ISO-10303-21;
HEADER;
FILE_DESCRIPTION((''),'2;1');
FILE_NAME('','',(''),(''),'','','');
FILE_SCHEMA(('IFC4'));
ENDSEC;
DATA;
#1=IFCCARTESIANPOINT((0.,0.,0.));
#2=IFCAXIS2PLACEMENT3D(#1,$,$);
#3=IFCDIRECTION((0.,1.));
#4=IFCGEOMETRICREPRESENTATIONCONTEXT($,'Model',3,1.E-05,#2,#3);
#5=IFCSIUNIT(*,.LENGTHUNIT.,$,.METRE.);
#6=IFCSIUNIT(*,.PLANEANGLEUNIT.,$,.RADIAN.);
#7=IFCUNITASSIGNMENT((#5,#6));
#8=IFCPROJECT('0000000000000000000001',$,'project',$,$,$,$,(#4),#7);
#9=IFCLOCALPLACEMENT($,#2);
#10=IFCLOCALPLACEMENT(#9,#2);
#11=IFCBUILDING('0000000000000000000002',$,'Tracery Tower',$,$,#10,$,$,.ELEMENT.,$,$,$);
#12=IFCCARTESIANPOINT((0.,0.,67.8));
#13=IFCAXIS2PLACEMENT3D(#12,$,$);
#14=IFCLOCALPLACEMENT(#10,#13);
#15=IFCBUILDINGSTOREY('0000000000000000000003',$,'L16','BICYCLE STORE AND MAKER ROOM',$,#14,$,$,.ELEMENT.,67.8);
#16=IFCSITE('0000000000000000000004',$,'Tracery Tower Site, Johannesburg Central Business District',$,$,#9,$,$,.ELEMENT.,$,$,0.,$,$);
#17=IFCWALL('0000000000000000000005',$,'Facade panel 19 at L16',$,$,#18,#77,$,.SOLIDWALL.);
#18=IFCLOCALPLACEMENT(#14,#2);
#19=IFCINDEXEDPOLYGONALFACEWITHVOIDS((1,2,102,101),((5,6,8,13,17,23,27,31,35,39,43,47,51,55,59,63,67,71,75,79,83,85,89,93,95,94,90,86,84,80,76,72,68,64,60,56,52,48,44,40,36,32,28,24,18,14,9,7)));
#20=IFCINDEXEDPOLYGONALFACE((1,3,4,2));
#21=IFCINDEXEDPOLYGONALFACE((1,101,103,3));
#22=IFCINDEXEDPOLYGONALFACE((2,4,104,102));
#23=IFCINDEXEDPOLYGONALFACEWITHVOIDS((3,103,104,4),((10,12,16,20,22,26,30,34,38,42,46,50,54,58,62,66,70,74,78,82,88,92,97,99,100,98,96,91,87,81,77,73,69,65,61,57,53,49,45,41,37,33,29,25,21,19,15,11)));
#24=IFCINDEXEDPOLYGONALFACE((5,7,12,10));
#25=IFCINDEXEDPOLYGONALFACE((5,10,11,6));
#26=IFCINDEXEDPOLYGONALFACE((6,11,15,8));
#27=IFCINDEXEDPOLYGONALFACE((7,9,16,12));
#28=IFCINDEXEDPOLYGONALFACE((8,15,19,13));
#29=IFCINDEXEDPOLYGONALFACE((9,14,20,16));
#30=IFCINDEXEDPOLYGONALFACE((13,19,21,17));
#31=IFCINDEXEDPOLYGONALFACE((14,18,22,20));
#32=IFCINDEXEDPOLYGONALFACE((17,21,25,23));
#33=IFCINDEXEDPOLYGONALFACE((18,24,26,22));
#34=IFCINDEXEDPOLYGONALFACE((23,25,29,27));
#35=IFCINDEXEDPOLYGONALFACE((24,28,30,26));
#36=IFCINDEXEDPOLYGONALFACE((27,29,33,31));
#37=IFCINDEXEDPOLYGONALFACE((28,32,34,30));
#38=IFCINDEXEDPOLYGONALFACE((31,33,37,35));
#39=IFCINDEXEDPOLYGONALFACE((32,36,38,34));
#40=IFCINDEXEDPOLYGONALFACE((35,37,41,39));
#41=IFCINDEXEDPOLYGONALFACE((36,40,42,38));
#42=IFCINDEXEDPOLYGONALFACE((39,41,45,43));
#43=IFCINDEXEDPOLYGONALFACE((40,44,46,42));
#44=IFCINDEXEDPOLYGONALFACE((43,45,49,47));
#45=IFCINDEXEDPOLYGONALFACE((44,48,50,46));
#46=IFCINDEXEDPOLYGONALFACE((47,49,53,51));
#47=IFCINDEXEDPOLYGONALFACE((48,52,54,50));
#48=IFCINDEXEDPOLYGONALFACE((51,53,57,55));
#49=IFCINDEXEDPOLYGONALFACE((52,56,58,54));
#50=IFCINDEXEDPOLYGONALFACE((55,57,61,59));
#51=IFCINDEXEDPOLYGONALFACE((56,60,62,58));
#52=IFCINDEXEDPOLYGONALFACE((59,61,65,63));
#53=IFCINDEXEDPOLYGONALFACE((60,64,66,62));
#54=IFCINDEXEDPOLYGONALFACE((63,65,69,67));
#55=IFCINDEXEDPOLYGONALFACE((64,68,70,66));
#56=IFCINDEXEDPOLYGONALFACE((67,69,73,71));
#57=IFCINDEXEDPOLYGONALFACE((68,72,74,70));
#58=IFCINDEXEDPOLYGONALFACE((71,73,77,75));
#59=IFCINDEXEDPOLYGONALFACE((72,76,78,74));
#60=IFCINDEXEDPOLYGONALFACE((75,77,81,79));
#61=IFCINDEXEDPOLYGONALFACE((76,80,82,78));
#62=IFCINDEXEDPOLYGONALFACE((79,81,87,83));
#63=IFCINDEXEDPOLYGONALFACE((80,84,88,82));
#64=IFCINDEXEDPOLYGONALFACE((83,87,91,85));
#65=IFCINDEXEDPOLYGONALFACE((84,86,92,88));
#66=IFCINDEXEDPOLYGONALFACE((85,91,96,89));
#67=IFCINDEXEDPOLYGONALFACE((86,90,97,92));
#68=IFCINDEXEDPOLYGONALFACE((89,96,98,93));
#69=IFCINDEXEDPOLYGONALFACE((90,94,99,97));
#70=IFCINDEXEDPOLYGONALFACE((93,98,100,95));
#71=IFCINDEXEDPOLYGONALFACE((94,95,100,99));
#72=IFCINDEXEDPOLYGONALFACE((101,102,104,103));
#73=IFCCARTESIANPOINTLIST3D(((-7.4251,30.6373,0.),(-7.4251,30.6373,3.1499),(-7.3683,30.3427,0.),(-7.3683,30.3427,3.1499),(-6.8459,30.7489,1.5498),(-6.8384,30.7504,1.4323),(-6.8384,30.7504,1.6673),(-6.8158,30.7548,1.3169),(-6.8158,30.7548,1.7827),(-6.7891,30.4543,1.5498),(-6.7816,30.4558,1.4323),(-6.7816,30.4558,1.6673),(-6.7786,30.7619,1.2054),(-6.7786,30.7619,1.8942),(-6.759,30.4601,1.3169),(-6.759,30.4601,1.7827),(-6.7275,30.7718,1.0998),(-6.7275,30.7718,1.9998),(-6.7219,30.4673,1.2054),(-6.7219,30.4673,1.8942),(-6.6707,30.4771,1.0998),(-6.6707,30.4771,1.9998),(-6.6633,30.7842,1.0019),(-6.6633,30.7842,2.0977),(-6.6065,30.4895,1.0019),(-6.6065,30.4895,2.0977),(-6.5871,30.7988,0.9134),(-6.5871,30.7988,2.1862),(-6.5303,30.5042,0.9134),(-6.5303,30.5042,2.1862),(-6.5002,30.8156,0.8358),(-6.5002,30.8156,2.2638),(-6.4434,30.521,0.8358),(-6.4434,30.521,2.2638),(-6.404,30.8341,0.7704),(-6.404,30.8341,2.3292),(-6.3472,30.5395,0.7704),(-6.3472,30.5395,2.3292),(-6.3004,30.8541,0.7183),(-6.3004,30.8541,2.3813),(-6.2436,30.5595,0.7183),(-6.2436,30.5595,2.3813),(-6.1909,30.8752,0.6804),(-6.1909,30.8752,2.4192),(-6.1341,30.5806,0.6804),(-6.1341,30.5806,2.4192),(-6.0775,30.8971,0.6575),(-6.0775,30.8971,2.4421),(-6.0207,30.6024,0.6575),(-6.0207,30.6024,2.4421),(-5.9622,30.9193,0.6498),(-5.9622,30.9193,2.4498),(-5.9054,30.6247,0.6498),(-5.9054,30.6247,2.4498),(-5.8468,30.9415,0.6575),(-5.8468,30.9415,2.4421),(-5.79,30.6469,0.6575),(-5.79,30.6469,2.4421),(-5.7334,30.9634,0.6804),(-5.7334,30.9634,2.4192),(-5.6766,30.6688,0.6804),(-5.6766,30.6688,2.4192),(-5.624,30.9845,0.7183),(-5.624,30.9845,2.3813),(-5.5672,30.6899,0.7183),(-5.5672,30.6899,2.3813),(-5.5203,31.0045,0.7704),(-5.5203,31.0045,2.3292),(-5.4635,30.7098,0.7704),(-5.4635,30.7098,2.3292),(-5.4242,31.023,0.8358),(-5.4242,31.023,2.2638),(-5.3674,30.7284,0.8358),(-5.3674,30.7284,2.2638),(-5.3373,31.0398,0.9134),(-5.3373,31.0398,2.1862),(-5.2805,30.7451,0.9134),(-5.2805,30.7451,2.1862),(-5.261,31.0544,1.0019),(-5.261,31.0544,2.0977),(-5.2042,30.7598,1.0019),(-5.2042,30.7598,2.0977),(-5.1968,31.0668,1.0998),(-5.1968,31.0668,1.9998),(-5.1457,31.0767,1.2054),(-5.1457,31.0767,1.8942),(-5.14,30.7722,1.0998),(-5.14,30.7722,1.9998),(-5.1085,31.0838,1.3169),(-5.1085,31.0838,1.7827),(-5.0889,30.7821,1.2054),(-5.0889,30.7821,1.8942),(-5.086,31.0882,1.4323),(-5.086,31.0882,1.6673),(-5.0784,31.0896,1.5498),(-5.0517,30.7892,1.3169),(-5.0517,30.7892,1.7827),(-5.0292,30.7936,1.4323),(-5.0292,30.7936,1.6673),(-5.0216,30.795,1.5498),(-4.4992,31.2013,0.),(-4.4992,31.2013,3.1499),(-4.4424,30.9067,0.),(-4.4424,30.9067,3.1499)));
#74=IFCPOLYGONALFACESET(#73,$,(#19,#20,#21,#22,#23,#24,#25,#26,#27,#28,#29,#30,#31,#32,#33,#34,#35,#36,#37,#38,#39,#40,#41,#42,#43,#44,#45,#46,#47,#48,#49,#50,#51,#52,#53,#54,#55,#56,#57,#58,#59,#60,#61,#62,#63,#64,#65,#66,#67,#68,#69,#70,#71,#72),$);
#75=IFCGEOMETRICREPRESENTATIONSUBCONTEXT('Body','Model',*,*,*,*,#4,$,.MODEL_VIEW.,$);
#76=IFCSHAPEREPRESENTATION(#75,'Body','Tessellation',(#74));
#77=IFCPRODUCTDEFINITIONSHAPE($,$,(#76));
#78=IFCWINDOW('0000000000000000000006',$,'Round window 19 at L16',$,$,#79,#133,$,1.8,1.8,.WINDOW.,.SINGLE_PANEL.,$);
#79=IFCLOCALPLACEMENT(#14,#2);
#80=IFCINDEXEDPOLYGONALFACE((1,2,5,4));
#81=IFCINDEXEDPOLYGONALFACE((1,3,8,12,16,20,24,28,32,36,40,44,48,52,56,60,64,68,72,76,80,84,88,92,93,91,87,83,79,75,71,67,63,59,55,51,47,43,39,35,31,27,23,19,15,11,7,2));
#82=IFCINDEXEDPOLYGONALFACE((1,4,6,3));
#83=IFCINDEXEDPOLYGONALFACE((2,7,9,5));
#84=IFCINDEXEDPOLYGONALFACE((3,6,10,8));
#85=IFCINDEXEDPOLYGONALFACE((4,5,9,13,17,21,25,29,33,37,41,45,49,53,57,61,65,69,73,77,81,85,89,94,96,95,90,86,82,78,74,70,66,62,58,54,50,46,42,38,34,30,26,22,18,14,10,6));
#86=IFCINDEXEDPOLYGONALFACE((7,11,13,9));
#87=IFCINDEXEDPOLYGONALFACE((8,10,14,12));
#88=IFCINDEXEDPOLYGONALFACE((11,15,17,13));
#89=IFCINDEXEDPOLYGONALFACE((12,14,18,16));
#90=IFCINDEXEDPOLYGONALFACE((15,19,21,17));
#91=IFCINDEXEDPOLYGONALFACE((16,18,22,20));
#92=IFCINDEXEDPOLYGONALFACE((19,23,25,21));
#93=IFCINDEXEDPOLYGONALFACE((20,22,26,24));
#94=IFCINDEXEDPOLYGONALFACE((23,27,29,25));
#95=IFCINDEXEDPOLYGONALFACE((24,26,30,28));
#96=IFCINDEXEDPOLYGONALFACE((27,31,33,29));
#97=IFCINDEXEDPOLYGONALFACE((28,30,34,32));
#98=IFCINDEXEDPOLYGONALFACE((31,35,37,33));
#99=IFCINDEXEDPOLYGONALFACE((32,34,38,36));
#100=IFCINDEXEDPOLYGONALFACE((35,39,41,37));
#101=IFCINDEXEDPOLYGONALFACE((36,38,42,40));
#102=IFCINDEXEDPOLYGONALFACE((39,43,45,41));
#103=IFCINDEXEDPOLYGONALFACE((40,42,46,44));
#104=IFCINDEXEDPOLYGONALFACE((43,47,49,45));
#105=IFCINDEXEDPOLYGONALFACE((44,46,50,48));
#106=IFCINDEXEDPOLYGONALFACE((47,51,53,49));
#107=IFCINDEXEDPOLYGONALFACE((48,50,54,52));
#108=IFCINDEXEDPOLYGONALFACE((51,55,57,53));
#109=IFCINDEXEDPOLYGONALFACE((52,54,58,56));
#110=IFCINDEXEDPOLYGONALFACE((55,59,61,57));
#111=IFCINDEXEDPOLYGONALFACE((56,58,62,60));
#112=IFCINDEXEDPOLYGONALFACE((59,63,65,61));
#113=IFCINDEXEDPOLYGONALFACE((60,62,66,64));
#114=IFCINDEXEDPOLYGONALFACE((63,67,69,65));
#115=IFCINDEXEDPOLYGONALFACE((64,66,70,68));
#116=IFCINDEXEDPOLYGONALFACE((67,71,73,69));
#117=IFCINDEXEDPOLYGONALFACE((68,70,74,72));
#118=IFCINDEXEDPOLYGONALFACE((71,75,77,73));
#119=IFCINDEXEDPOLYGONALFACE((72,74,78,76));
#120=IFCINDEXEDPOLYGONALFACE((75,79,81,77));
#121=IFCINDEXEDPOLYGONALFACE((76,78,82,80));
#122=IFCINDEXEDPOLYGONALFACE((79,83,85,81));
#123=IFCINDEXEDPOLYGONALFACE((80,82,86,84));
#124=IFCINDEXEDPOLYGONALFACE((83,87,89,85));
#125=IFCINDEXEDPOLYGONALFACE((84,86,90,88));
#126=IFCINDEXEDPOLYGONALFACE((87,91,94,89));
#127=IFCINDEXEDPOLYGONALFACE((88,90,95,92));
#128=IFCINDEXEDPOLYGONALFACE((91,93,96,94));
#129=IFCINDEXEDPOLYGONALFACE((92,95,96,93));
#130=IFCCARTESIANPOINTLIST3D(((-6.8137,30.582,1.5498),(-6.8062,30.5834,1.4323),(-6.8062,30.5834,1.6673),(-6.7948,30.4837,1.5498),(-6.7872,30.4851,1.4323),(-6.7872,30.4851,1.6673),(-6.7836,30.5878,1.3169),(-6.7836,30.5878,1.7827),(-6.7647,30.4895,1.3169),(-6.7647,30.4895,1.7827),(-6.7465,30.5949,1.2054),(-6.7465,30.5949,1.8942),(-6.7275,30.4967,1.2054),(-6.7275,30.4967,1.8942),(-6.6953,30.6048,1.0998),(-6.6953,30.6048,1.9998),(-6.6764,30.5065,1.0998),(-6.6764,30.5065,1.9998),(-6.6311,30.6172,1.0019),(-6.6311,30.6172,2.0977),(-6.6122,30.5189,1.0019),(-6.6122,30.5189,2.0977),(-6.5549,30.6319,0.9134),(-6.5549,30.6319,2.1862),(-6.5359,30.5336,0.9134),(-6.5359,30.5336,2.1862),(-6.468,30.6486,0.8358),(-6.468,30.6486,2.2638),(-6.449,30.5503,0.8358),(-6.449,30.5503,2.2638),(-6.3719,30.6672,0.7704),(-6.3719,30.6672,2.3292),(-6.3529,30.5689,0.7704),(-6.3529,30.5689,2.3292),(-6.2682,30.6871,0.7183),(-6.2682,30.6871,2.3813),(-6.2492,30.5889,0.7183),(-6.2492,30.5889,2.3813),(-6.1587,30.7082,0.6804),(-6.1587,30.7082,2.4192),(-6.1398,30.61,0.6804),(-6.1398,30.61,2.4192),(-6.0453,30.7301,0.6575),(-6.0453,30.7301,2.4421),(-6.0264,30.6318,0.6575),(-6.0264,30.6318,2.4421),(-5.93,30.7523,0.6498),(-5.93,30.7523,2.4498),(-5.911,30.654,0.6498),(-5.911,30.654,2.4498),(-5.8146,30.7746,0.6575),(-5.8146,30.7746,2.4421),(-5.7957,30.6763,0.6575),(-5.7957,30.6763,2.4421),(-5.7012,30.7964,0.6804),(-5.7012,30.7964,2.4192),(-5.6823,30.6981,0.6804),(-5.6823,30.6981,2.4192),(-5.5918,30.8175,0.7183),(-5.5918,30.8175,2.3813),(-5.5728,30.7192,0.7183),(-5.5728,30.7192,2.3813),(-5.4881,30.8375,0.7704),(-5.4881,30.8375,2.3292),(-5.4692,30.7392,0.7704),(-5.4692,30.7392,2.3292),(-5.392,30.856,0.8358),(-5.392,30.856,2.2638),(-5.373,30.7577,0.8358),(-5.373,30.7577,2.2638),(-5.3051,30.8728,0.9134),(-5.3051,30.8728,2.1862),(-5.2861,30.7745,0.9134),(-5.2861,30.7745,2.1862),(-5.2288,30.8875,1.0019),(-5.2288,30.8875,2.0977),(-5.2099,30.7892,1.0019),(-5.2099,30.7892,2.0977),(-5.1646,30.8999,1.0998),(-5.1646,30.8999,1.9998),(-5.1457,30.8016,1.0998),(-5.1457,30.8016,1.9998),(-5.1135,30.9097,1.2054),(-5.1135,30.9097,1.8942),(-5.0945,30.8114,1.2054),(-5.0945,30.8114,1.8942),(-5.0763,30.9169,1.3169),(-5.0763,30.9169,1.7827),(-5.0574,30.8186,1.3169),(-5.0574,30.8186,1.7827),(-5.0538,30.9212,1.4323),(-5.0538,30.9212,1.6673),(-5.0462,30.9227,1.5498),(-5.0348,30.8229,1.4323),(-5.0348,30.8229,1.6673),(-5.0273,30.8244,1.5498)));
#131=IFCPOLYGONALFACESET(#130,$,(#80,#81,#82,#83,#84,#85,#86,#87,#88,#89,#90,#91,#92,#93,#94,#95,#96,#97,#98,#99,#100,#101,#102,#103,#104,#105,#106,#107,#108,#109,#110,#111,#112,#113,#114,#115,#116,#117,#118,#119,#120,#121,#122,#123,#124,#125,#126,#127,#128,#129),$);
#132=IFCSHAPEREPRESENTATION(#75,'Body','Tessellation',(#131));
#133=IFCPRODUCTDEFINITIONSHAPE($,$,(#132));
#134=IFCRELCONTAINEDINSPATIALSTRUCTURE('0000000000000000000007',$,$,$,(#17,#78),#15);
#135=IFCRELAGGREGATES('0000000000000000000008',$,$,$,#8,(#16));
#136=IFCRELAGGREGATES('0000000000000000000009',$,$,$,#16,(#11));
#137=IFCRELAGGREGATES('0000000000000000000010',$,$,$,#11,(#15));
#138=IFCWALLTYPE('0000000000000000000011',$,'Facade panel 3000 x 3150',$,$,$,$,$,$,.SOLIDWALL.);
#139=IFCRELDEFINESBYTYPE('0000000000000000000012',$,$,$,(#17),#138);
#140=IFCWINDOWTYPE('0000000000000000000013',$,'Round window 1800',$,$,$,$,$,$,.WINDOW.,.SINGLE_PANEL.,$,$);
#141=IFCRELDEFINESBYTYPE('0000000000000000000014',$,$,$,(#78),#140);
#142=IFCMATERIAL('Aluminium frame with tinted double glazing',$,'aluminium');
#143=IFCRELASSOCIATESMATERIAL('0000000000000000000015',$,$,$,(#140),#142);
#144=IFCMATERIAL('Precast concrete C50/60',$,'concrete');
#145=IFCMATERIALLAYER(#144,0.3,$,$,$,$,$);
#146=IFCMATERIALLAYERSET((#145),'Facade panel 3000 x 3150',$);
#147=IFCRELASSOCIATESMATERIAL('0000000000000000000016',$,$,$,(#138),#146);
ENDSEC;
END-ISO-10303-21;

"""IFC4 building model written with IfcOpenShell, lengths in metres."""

from ifc_helpers import new_model, si_unit, direction, frame, frame_2d, origin, origin_2d, place, context, subcontext, project, spatial, rectangle, circle, extrude, material, layer, layer_set, type_object, element, fill, save


model = new_model("IFC4")

# Units and contexts
model_context = context("Model", 3, precision=1e-05, world=origin(), true_north=direction((0.0, 1.0)))
body_context = subcontext(model_context, "Body", "Model", "MODEL_VIEW")
ifc_project = project(units=[si_unit("LENGTHUNIT", "METRE"), si_unit("PLANEANGLEUNIT", "RADIAN")], contexts=[model_context])

# Site, building, storey
site_placement = place(None, origin())
site = spatial("IfcSite", under=ifc_project, at=site_placement, Name="Tracery Tower Site, Johannesburg Central Business District", CompositionType="ELEMENT", RefElevation=0.0)
building_placement = place(site_placement, origin())
building = spatial("IfcBuilding", under=site, at=building_placement, Name="Tracery Tower", CompositionType="ELEMENT")
storey_placement = place(building_placement, frame((0.0, 0.0, 67.8)))
storey = spatial("IfcBuildingStorey", under=building, at=storey_placement, Name="L16", Description="BICYCLE STORE AND MAKER ROOM", CompositionType="ELEMENT", Elevation=67.8)

# Wall, opening, window
ifc_material_1 = material(Name="Aluminium frame with tinted double glazing", Category="aluminium")
window_type = type_object("IfcWindowType", Name="Round window 1800", PartitioningType="SINGLE_PANEL", PredefinedType="WINDOW", material=ifc_material_1)
ifc_material_2 = material(Name="Precast concrete C50/60", Category="concrete")
ifc_layer_1 = layer(ifc_material_2, 0.3)
ifc_layer_set_1 = layer_set([ifc_layer_1], Name="Facade panel 3000 x 3150")
wall_type_1 = type_object("IfcWallType", Name="Facade panel 3000 x 3150", PredefinedType="SOLIDWALL", material=ifc_layer_set_1)
wall_1_placement = place(storey_placement, frame((-4.4709, 31.054, 0.0), z_axis=(0.0, 0.0, 1.0), x_axis=(-0.981925, -0.189273, 0.0)))
wall_1 = element("IfcWall", 1, at=wall_1_placement, inside=storey, type_object=wall_type_1, Name="Facade panel 19 at L16", PredefinedType="SOLIDWALL", context=body_context, shape_type="SweptSolid", body=[
    extrude(rectangle(XDim=2.9797, YDim=0.3, at=frame_2d((1.4897, 0.0))), origin(), (0.0, 0.0, 1.0), 3.1499),
])
opening_1_placement = place(wall_1_placement, frame((1.4897, 0.0, 1.5498)))
opening_1 = element("IfcOpeningElement", 2, at=opening_1_placement, cuts=wall_1, PredefinedType="OPENING", context=body_context, shape_type="SweptSolid", body=[
    extrude(circle(Radius=0.9, at=origin_2d()), frame((0.0, 0.1599, 0.0), z_axis=(0.0, -1.0, 0.0), x_axis=(1.0, 0.0, 0.0)), (0.0, 0.0, 1.0), 0.3201),
])
window_1_placement = place(opening_1_placement, origin())
window_1 = element("IfcWindow", 3, at=window_1_placement, inside=storey, type_object=window_type, Name="Round window 19 at L16", OverallHeight=1.8, OverallWidth=1.8, PartitioningType="SINGLE_PANEL", PredefinedType="WINDOW", context=body_context, shape_type="SweptSolid", body=[
    extrude(circle(Radius=0.9, at=origin_2d()), frame((0.0, 0.1201, 0.0), z_axis=(0.0, -1.0, 0.0), x_axis=(1.0, 0.0, 0.0)), (0.0, 0.0, 1.0), 0.1001),
])
fill(opening_1, window_1)

save(model, "model.ifc")
